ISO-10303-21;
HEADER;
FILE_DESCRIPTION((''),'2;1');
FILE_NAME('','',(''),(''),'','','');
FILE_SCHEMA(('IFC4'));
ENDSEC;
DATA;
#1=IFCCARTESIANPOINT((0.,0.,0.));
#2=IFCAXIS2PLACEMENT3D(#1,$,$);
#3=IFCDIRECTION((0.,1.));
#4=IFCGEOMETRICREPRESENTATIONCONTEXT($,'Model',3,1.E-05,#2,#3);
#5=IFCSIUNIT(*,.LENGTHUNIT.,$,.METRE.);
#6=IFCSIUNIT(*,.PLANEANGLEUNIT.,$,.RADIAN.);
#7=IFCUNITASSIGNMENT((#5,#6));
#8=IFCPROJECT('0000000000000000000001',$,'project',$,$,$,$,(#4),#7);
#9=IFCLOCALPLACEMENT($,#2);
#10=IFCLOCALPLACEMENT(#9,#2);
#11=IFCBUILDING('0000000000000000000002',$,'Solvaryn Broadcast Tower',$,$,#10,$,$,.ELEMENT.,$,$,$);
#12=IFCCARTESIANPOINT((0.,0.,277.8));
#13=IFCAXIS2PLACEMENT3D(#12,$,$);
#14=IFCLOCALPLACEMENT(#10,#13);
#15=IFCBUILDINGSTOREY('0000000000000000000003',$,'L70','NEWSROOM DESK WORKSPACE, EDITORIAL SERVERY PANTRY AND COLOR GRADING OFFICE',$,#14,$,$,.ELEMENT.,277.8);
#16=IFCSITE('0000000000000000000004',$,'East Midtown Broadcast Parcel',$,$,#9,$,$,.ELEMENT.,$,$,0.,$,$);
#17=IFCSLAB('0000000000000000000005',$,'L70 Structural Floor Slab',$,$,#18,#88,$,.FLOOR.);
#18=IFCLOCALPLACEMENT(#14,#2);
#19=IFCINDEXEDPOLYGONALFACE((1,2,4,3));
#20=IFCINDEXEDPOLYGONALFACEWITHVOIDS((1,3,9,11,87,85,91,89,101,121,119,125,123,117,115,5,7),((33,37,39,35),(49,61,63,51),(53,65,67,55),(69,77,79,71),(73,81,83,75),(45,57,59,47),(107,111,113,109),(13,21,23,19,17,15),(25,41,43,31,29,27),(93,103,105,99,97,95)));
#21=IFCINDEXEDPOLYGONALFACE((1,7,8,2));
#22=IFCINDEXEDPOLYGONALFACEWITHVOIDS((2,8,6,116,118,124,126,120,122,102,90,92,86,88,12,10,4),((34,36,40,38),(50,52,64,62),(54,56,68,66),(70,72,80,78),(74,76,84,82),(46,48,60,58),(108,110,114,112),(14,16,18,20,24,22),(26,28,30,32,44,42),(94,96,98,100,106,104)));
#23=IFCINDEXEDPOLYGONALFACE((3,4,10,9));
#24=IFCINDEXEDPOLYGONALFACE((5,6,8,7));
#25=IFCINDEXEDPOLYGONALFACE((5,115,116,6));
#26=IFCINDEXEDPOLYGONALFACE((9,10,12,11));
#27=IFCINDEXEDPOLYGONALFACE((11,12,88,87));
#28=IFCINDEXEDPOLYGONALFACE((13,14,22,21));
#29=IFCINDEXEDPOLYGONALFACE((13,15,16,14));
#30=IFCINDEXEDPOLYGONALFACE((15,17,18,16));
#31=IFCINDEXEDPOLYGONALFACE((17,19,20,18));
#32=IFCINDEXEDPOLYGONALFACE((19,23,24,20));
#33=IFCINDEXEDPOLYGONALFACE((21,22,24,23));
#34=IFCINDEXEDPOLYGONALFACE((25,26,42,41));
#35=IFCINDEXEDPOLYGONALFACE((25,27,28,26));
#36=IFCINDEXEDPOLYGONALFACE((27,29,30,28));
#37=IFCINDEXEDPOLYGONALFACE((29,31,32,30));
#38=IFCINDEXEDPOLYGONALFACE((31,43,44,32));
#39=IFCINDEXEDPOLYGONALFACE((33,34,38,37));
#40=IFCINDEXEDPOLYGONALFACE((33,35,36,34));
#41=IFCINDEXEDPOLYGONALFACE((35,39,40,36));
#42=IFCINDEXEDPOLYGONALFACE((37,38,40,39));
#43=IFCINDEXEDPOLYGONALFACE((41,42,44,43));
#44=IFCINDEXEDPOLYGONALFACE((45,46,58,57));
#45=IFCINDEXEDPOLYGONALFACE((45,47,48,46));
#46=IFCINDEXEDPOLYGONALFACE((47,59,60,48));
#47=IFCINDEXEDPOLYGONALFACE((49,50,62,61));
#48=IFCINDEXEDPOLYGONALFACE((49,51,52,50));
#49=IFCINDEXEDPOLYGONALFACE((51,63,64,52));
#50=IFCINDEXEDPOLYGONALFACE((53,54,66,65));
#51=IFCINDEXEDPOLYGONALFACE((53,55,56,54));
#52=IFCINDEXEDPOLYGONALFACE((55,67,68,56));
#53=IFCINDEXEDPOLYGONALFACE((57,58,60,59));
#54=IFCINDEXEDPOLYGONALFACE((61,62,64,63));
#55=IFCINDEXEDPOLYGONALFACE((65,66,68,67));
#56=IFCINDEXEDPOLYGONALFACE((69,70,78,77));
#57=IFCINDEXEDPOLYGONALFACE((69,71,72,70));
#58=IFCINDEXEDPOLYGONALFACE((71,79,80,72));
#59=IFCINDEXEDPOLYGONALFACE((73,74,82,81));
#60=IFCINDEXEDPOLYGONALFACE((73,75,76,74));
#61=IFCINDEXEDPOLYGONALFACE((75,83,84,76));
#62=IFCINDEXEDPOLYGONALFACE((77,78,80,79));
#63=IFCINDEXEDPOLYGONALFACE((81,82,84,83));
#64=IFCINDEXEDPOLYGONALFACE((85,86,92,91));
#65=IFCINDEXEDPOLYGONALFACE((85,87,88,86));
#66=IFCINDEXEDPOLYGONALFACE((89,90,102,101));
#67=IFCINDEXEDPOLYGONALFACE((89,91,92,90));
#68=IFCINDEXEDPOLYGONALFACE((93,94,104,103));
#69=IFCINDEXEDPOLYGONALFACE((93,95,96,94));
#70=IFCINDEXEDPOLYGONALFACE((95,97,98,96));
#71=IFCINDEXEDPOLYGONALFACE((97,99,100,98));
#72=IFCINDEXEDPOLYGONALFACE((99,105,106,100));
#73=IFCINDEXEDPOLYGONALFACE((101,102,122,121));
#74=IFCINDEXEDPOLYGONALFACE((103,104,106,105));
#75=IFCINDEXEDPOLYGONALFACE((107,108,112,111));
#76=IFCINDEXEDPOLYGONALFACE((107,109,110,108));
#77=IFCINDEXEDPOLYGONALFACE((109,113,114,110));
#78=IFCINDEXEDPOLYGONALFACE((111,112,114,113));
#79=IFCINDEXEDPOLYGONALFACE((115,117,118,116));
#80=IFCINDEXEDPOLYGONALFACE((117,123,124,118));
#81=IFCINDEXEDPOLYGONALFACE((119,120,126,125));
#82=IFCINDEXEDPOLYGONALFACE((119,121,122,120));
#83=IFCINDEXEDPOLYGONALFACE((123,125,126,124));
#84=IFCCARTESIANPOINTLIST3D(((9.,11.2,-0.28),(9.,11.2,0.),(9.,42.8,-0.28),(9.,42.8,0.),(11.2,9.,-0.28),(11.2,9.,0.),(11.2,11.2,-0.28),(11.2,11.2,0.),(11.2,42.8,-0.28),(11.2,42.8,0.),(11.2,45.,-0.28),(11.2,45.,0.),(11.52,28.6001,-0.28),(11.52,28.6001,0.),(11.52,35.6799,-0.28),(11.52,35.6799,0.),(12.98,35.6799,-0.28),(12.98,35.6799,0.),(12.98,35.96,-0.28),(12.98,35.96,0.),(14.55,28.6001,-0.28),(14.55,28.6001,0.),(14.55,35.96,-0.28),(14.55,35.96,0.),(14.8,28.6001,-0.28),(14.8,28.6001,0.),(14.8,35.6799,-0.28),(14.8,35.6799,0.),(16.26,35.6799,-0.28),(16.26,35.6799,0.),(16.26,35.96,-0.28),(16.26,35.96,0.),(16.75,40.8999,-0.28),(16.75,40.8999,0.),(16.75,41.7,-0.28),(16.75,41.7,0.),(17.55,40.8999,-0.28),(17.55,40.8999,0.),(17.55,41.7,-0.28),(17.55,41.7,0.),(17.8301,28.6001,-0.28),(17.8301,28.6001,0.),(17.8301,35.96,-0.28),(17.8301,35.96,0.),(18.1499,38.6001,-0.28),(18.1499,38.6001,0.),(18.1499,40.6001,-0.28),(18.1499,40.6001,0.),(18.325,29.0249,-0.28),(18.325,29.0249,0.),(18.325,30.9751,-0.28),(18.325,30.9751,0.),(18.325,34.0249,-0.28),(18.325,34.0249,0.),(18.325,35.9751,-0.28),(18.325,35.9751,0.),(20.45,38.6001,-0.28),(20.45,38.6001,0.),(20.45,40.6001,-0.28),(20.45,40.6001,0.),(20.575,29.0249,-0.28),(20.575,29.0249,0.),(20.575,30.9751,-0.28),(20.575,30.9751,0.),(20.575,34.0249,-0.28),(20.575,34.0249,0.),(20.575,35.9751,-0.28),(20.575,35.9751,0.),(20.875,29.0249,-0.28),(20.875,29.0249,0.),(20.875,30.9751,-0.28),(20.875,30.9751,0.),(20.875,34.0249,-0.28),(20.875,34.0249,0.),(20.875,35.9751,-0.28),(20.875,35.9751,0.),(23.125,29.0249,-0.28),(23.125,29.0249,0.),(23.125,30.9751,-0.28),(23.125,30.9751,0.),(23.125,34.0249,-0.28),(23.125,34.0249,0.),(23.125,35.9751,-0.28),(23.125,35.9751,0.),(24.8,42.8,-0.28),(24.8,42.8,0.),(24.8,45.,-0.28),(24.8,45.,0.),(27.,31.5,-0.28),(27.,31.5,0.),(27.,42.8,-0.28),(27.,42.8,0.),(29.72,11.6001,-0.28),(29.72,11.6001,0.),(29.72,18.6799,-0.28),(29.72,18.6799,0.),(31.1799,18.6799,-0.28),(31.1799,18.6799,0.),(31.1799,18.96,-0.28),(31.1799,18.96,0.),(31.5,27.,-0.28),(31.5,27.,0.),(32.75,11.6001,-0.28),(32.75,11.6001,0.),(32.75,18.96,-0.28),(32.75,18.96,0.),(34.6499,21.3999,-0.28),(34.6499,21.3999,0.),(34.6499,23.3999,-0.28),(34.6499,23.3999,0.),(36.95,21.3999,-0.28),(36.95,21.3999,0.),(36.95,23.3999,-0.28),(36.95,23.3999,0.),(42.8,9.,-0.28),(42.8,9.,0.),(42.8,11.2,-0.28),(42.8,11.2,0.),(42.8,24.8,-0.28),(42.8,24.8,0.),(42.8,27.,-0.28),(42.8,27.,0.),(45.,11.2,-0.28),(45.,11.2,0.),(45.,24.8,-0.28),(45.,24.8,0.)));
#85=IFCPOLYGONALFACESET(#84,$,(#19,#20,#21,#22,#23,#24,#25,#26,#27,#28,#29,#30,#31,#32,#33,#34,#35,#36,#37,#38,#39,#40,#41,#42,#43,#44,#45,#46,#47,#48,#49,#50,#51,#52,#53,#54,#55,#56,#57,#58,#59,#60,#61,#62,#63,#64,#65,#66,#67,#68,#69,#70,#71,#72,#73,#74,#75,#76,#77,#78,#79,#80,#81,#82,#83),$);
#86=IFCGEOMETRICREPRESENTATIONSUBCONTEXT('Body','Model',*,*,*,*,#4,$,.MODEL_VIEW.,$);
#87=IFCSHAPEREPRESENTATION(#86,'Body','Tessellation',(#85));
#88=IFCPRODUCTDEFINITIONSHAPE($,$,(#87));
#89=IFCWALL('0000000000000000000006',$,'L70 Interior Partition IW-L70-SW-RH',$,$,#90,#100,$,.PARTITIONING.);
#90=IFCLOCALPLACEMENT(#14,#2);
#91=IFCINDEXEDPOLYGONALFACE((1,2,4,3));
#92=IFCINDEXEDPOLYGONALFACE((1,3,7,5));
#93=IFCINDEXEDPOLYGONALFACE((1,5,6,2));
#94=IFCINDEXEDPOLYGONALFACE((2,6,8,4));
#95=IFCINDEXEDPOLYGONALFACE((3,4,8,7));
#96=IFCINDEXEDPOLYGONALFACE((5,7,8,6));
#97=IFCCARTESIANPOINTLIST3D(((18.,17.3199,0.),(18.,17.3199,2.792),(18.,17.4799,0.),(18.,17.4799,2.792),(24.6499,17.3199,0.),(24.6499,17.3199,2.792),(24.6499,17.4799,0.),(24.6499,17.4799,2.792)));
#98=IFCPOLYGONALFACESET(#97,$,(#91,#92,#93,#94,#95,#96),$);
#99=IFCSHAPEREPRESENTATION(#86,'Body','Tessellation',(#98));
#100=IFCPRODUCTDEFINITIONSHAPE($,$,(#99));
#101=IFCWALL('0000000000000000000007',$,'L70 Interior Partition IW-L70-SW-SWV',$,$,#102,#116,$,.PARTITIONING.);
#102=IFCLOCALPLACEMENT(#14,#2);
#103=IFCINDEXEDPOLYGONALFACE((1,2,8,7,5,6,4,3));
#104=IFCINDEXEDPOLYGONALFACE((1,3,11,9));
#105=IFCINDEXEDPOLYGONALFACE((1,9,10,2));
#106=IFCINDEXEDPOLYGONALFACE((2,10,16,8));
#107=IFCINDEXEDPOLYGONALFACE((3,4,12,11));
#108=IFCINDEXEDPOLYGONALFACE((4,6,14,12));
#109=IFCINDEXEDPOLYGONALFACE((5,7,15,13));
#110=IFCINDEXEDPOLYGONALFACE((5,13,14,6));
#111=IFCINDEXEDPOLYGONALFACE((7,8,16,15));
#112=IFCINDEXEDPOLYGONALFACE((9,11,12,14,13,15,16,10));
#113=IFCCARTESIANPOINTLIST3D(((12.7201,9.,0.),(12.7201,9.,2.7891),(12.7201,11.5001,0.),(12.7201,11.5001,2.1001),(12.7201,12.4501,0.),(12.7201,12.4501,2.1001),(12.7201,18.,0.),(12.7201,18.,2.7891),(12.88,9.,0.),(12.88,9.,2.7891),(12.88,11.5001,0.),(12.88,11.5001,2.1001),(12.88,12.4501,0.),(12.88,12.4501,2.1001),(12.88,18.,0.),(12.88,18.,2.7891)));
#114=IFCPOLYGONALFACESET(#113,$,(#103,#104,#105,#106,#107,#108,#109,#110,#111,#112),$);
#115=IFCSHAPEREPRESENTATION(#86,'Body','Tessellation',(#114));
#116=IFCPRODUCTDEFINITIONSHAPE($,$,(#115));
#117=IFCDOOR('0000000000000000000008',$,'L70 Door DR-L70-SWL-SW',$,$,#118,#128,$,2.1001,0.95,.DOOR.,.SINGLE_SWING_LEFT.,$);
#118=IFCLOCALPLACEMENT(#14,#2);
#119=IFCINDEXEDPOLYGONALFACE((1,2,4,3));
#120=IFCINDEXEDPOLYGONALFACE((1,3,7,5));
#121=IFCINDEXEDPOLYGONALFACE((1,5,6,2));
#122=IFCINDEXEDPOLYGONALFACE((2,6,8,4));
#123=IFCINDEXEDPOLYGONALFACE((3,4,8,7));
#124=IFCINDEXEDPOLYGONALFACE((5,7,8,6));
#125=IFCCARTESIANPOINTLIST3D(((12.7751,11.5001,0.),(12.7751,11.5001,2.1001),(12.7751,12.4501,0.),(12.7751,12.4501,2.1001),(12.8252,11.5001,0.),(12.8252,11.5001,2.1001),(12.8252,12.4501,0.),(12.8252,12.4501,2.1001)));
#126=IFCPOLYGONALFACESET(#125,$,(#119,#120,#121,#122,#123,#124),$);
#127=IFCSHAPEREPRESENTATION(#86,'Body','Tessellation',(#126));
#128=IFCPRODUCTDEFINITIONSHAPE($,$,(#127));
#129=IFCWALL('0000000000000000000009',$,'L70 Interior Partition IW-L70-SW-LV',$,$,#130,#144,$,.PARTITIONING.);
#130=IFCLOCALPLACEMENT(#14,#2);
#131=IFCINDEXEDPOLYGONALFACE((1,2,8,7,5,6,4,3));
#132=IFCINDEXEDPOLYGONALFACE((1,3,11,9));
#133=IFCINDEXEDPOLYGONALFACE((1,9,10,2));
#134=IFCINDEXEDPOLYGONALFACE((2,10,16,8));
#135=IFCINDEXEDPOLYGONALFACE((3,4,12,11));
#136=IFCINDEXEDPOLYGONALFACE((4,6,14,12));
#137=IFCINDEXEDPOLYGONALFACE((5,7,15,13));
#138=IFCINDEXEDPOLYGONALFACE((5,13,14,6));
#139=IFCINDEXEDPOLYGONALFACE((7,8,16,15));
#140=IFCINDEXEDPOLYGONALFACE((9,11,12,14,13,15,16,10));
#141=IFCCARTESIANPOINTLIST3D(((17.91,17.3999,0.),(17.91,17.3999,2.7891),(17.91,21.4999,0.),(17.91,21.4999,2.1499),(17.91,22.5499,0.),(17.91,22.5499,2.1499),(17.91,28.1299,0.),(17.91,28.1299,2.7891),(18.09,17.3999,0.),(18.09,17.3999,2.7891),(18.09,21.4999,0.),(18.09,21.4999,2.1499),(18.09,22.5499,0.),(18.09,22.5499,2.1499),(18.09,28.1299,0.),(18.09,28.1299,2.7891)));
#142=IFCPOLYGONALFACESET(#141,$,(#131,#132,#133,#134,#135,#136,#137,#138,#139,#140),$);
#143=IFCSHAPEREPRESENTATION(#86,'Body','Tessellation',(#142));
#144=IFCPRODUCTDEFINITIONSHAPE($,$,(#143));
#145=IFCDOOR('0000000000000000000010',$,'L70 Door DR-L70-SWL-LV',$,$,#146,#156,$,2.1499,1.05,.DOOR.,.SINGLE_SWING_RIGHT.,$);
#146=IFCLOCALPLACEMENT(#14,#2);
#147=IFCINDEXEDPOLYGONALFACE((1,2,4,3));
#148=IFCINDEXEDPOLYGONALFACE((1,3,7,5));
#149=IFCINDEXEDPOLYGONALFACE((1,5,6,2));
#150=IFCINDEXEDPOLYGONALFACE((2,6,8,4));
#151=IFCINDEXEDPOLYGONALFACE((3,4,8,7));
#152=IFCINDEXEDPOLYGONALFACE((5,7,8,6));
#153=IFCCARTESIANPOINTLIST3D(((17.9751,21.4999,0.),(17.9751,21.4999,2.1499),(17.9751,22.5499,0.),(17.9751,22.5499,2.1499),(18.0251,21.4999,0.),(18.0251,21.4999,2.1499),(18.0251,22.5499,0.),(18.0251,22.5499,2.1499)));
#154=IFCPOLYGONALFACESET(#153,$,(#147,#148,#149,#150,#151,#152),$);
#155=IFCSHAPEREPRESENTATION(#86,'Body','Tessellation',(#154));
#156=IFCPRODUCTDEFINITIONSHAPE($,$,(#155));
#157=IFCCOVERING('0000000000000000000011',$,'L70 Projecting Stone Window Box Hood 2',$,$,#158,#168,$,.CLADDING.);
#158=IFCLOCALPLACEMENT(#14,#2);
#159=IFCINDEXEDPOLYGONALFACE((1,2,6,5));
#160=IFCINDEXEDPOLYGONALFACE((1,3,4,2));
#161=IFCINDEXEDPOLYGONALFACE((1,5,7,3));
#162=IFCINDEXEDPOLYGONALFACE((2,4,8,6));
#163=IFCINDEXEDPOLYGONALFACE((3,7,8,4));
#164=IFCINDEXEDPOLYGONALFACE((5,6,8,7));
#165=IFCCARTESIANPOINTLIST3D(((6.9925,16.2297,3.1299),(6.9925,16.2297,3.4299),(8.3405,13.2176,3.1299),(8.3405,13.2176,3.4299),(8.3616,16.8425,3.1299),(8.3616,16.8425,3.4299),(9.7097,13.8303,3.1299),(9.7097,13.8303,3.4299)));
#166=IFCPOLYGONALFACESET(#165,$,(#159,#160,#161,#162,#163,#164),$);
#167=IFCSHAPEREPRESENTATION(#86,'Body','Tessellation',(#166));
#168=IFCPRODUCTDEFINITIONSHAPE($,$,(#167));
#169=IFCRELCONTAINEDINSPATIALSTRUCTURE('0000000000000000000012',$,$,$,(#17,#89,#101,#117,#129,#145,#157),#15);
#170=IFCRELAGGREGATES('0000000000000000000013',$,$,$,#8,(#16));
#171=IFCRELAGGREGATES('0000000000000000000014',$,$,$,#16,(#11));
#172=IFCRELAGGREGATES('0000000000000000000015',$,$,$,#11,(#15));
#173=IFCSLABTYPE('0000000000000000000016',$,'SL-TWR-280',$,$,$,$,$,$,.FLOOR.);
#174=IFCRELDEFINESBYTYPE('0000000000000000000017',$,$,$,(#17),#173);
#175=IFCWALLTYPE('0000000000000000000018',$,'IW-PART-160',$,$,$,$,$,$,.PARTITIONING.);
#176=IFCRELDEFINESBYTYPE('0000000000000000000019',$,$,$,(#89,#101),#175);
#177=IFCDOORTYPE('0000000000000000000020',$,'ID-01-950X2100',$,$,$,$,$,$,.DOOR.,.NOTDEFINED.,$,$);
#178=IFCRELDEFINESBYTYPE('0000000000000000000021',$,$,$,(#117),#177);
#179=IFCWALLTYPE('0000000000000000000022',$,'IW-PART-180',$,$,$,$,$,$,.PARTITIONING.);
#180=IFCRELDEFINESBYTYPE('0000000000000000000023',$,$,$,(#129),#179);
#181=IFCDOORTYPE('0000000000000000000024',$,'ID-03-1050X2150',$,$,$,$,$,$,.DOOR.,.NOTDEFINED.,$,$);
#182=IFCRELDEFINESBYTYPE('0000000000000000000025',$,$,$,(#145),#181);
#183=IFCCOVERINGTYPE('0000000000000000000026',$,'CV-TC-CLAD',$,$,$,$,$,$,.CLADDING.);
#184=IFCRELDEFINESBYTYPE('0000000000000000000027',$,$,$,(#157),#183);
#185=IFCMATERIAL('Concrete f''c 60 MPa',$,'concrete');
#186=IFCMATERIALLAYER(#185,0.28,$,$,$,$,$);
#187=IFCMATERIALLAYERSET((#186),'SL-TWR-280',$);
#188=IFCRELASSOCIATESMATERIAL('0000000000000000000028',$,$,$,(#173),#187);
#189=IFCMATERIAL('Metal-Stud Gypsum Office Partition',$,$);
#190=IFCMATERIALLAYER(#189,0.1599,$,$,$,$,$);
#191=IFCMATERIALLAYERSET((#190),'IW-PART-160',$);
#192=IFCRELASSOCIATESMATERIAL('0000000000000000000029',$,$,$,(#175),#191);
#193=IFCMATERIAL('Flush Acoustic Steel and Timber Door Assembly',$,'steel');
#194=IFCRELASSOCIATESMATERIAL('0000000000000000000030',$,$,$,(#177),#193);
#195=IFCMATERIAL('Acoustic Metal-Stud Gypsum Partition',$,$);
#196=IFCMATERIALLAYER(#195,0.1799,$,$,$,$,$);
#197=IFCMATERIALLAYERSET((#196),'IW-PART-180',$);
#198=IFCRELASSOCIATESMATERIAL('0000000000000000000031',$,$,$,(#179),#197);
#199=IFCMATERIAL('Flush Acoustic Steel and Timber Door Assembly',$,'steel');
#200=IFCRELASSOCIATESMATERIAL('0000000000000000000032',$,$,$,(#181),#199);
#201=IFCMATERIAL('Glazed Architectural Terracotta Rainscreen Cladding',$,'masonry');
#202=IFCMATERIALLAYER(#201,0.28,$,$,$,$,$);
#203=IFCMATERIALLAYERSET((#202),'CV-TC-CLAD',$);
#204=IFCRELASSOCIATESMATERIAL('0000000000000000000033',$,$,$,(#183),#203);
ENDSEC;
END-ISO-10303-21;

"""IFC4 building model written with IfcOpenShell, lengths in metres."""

from ifc_helpers import new_model, si_unit, direction, frame, frame_2d, origin, origin_2d, place, context, subcontext, project, spatial, polyline, rectangle, outline, extrude, material, layer, layer_set, type_object, element, fill, save


model = new_model("IFC4")

# Units and contexts
model_context = context("Model", 3, precision=1e-05, world=origin(), true_north=direction((0.0, 1.0)))
body_context = subcontext(model_context, "Body", "Model", "MODEL_VIEW")
ifc_project = project(units=[si_unit("LENGTHUNIT", "METRE"), si_unit("PLANEANGLEUNIT", "RADIAN")], contexts=[model_context])

# Site, building, storey
site_placement = place(None, origin())
site = spatial("IfcSite", under=ifc_project, at=site_placement, Name="East Midtown Broadcast Parcel", CompositionType="ELEMENT", RefElevation=0.0)
building_placement = place(site_placement, origin())
building = spatial("IfcBuilding", under=site, at=building_placement, Name="Solvaryn Broadcast Tower", CompositionType="ELEMENT")
storey_placement = place(building_placement, frame((0.0, 0.0, 277.8)))
storey = spatial("IfcBuildingStorey", under=building, at=storey_placement, Name="L70", Description="NEWSROOM DESK WORKSPACE, EDITORIAL SERVERY PANTRY AND COLOR GRADING OFFICE", CompositionType="ELEMENT", Elevation=277.8)

# Slab
ifc_material_1 = material(Name="Concrete f'c 60 MPa", Category="concrete")
ifc_layer_1 = layer(ifc_material_1, 0.28)
ifc_layer_set_1 = layer_set([ifc_layer_1], Name="SL-TWR-280")
slab_type_1 = type_object("IfcSlabType", Name="SL-TWR-280", PredefinedType="FLOOR", material=ifc_layer_set_1)
slab_1_placement = place(storey_placement, frame((0.0, 0.0, -0.28)))
element("IfcSlab", 1, at=slab_1_placement, inside=storey, type_object=slab_type_1, Name="L70 Structural Floor Slab", PredefinedType="FLOOR", context=body_context, shape_type="SweptSolid", body=[
    extrude(outline(polyline([(11.2, 9.0), (42.8, 9.0), (42.8, 11.2), (45.0, 11.2), (45.0, 24.8), (42.8, 24.8), (42.8, 27.0), (31.5, 27.0), (27.0, 31.5), (27.0, 42.8), (24.8, 42.8), (24.8, 45.0), (11.2, 45.0), (11.2, 42.8), (9.0, 42.8), (9.0, 11.2), (11.2, 11.2), (11.2, 9.0)]), holes=[polyline([(11.52, 28.6001), (14.55, 28.6001), (14.55, 35.96), (12.98, 35.96), (12.98, 35.6799), (11.52, 35.6799), (11.52, 28.6001)]), polyline([(14.8, 28.6001), (17.8301, 28.6001), (17.8301, 35.96), (16.26, 35.96), (16.26, 35.6799), (14.8, 35.6799), (14.8, 28.6001)]), polyline([(29.72, 11.6001), (32.75, 11.6001), (32.75, 18.96), (31.1799, 18.96), (31.1799, 18.6799), (29.72, 18.6799), (29.72, 11.6001)]), polyline([(18.1499, 38.6001), (20.45, 38.6001), (20.45, 40.6001), (18.1499, 40.6001), (18.1499, 38.6001)]), polyline([(18.325, 29.0249), (20.575, 29.0249), (20.575, 30.9751), (18.325, 30.9751), (18.325, 29.0249)]), polyline([(20.875, 29.0249), (23.125, 29.0249), (23.125, 30.9751), (20.875, 30.9751), (20.875, 29.0249)]), polyline([(18.325, 34.0249), (20.575, 34.0249), (20.575, 35.9751), (18.325, 35.9751), (18.325, 34.0249)]), polyline([(20.875, 34.0249), (23.125, 34.0249), (23.125, 35.9751), (20.875, 35.9751), (20.875, 34.0249)]), polyline([(34.6499, 21.3999), (36.95, 21.3999), (36.95, 23.3999), (34.6499, 23.3999), (34.6499, 21.3999)]), polyline([(16.75, 40.8999), (17.55, 40.8999), (17.55, 41.7), (16.75, 41.7), (16.75, 40.8999)])]), origin(), (0.0, 0.0, 1.0), 0.28),
])

# Wall
ifc_material_2 = material(Name="Metal-Stud Gypsum Office Partition")
ifc_layer_2 = layer(ifc_material_2, 0.1599)
ifc_layer_set_2 = layer_set([ifc_layer_2], Name="IW-PART-160")
wall_type_1 = type_object("IfcWallType", Name="IW-PART-160", PredefinedType="PARTITIONING", material=ifc_layer_set_2)
wall_1_placement = place(storey_placement, frame((18.0, 17.3999, 0.0), z_axis=(0.0, 0.0, 1.0), x_axis=(1.0, 0.0, 0.0)))
element("IfcWall", 2, at=wall_1_placement, inside=storey, type_object=wall_type_1, Name="L70 Interior Partition IW-L70-SW-RH", PredefinedType="PARTITIONING", context=body_context, shape_type="SweptSolid", body=[
    extrude(rectangle(XDim=6.6499, YDim=0.1599, at=frame_2d((3.325, 0.0))), origin(), (0.0, 0.0, 1.0), 2.792),
])

# Walls, openings, doors
wall_2_placement = place(storey_placement, frame((12.8, 9.0, 0.0), z_axis=(0.0, 0.0, 1.0), x_axis=(0.0, 1.0, 0.0)))
wall_2 = element("IfcWall", 3, at=wall_2_placement, inside=storey, type_object=wall_type_1, Name="L70 Interior Partition IW-L70-SW-SWV", PredefinedType="PARTITIONING", context=body_context, shape_type="SweptSolid", body=[
    extrude(rectangle(XDim=9.0, YDim=0.1599, at=frame_2d((4.5, 0.0))), origin(), (0.0, 0.0, 1.0), 2.7891),
])
opening_1_placement = place(wall_2_placement, frame((2.5, 0.0, 0.0)))
opening_1 = element("IfcOpeningElement", 4, at=opening_1_placement, cuts=wall_2, PredefinedType="OPENING", context=body_context, shape_type="SweptSolid", body=[
    extrude(rectangle(XDim=0.95, YDim=2.1001, at=frame_2d((0.4751, 1.05))), frame((0.0, 0.0901, 0.0), z_axis=(0.0, -1.0, 0.0), x_axis=(1.0, 0.0, 0.0)), (0.0, 0.0, 1.0), 0.1799),
])
ifc_material_3 = material(Name="Flush Acoustic Steel and Timber Door Assembly", Category="steel")
door_type_1 = type_object("IfcDoorType", Name="ID-01-950X2100", OperationType="NOTDEFINED", PredefinedType="DOOR", material=ifc_material_3)
door_1_placement = place(opening_1_placement, origin())
door_1 = element("IfcDoor", 5, at=door_1_placement, inside=storey, type_object=door_type_1, Name="L70 Door DR-L70-SWL-SW", OperationType="SINGLE_SWING_LEFT", OverallHeight=2.1001, OverallWidth=0.95, PredefinedType="DOOR", context=body_context, shape_type="SweptSolid", body=[
    extrude(rectangle(XDim=0.95, YDim=2.1001, at=frame_2d((0.4751, 1.05))), frame((0.0, 0.0249, 0.0), z_axis=(0.0, -1.0, 0.0), x_axis=(1.0, 0.0, 0.0)), (0.0, 0.0, 1.0), 0.05),
])
fill(opening_1, door_1)
ifc_material_4 = material(Name="Acoustic Metal-Stud Gypsum Partition")
ifc_layer_3 = layer(ifc_material_4, 0.1799)
ifc_layer_set_3 = layer_set([ifc_layer_3], Name="IW-PART-180")
wall_type_2 = type_object("IfcWallType", Name="IW-PART-180", PredefinedType="PARTITIONING", material=ifc_layer_set_3)
wall_3_placement = place(storey_placement, frame((18.0, 17.3999, 0.0), z_axis=(0.0, 0.0, 1.0), x_axis=(0.0, 1.0, 0.0)))
wall_3 = element("IfcWall", 6, at=wall_3_placement, inside=storey, type_object=wall_type_2, Name="L70 Interior Partition IW-L70-SW-LV", PredefinedType="PARTITIONING", context=body_context, shape_type="SweptSolid", body=[
    extrude(rectangle(XDim=10.73, YDim=0.1799, at=frame_2d((5.365, 0.0))), origin(), (0.0, 0.0, 1.0), 2.7891),
])
opening_2_placement = place(wall_3_placement, frame((4.1001, 0.0, 0.0)))
opening_2 = element("IfcOpeningElement", 7, at=opening_2_placement, cuts=wall_3, PredefinedType="OPENING", context=body_context, shape_type="SweptSolid", body=[
    extrude(rectangle(XDim=1.05, YDim=2.1499, at=frame_2d((0.5249, 1.075))), frame((0.0, 0.0999, 0.0), z_axis=(0.0, -1.0, 0.0), x_axis=(1.0, 0.0, 0.0)), (0.0, 0.0, 1.0), 0.2),
])
ifc_material_5 = material(Name="Flush Acoustic Steel and Timber Door Assembly", Category="steel")
door_type_2 = type_object("IfcDoorType", Name="ID-03-1050X2150", OperationType="NOTDEFINED", PredefinedType="DOOR", material=ifc_material_5)
door_2_placement = place(opening_2_placement, origin())
door_2 = element("IfcDoor", 8, at=door_2_placement, inside=storey, type_object=door_type_2, Name="L70 Door DR-L70-SWL-LV", OperationType="SINGLE_SWING_RIGHT", OverallHeight=2.1499, OverallWidth=1.05, PredefinedType="DOOR", context=body_context, shape_type="SweptSolid", body=[
    extrude(rectangle(XDim=1.05, YDim=2.1499, at=frame_2d((0.5249, 1.075))), frame((0.0, 0.0249, 0.0), z_axis=(0.0, -1.0, 0.0), x_axis=(1.0, 0.0, 0.0)), (0.0, 0.0, 1.0), 0.05),
])
fill(opening_2, door_2)

# Covering
ifc_material_6 = material(Name="Glazed Architectural Terracotta Rainscreen Cladding", Category="masonry")
ifc_layer_4 = layer(ifc_material_6, 0.28)
ifc_layer_set_4 = layer_set([ifc_layer_4], Name="CV-TC-CLAD")
covering_type_1 = type_object("IfcCoveringType", Name="CV-TC-CLAD", PredefinedType="CLADDING", material=ifc_layer_set_4)
for number, where, z_axis, x_axis, name in (
    (9, (8.3511, 15.03, 3.1299), (0.0, 0.0, 1.0), (0.40849, -0.912763, 0.0), "L70 Projecting Stone Window Box Hood 2"),
):
    element("IfcCovering", number, at=place(storey_placement, frame(where, z_axis=z_axis, x_axis=x_axis)), inside=storey, type_object=covering_type_1, Name=name, PredefinedType="CLADDING", context=body_context, shape_type="SweptSolid", body=[
        extrude(rectangle(XDim=3.3, YDim=1.5, at=origin_2d()), origin(), (0.0, 0.0, 1.0), 0.3),
    ])

save(model, "model.ifc")
